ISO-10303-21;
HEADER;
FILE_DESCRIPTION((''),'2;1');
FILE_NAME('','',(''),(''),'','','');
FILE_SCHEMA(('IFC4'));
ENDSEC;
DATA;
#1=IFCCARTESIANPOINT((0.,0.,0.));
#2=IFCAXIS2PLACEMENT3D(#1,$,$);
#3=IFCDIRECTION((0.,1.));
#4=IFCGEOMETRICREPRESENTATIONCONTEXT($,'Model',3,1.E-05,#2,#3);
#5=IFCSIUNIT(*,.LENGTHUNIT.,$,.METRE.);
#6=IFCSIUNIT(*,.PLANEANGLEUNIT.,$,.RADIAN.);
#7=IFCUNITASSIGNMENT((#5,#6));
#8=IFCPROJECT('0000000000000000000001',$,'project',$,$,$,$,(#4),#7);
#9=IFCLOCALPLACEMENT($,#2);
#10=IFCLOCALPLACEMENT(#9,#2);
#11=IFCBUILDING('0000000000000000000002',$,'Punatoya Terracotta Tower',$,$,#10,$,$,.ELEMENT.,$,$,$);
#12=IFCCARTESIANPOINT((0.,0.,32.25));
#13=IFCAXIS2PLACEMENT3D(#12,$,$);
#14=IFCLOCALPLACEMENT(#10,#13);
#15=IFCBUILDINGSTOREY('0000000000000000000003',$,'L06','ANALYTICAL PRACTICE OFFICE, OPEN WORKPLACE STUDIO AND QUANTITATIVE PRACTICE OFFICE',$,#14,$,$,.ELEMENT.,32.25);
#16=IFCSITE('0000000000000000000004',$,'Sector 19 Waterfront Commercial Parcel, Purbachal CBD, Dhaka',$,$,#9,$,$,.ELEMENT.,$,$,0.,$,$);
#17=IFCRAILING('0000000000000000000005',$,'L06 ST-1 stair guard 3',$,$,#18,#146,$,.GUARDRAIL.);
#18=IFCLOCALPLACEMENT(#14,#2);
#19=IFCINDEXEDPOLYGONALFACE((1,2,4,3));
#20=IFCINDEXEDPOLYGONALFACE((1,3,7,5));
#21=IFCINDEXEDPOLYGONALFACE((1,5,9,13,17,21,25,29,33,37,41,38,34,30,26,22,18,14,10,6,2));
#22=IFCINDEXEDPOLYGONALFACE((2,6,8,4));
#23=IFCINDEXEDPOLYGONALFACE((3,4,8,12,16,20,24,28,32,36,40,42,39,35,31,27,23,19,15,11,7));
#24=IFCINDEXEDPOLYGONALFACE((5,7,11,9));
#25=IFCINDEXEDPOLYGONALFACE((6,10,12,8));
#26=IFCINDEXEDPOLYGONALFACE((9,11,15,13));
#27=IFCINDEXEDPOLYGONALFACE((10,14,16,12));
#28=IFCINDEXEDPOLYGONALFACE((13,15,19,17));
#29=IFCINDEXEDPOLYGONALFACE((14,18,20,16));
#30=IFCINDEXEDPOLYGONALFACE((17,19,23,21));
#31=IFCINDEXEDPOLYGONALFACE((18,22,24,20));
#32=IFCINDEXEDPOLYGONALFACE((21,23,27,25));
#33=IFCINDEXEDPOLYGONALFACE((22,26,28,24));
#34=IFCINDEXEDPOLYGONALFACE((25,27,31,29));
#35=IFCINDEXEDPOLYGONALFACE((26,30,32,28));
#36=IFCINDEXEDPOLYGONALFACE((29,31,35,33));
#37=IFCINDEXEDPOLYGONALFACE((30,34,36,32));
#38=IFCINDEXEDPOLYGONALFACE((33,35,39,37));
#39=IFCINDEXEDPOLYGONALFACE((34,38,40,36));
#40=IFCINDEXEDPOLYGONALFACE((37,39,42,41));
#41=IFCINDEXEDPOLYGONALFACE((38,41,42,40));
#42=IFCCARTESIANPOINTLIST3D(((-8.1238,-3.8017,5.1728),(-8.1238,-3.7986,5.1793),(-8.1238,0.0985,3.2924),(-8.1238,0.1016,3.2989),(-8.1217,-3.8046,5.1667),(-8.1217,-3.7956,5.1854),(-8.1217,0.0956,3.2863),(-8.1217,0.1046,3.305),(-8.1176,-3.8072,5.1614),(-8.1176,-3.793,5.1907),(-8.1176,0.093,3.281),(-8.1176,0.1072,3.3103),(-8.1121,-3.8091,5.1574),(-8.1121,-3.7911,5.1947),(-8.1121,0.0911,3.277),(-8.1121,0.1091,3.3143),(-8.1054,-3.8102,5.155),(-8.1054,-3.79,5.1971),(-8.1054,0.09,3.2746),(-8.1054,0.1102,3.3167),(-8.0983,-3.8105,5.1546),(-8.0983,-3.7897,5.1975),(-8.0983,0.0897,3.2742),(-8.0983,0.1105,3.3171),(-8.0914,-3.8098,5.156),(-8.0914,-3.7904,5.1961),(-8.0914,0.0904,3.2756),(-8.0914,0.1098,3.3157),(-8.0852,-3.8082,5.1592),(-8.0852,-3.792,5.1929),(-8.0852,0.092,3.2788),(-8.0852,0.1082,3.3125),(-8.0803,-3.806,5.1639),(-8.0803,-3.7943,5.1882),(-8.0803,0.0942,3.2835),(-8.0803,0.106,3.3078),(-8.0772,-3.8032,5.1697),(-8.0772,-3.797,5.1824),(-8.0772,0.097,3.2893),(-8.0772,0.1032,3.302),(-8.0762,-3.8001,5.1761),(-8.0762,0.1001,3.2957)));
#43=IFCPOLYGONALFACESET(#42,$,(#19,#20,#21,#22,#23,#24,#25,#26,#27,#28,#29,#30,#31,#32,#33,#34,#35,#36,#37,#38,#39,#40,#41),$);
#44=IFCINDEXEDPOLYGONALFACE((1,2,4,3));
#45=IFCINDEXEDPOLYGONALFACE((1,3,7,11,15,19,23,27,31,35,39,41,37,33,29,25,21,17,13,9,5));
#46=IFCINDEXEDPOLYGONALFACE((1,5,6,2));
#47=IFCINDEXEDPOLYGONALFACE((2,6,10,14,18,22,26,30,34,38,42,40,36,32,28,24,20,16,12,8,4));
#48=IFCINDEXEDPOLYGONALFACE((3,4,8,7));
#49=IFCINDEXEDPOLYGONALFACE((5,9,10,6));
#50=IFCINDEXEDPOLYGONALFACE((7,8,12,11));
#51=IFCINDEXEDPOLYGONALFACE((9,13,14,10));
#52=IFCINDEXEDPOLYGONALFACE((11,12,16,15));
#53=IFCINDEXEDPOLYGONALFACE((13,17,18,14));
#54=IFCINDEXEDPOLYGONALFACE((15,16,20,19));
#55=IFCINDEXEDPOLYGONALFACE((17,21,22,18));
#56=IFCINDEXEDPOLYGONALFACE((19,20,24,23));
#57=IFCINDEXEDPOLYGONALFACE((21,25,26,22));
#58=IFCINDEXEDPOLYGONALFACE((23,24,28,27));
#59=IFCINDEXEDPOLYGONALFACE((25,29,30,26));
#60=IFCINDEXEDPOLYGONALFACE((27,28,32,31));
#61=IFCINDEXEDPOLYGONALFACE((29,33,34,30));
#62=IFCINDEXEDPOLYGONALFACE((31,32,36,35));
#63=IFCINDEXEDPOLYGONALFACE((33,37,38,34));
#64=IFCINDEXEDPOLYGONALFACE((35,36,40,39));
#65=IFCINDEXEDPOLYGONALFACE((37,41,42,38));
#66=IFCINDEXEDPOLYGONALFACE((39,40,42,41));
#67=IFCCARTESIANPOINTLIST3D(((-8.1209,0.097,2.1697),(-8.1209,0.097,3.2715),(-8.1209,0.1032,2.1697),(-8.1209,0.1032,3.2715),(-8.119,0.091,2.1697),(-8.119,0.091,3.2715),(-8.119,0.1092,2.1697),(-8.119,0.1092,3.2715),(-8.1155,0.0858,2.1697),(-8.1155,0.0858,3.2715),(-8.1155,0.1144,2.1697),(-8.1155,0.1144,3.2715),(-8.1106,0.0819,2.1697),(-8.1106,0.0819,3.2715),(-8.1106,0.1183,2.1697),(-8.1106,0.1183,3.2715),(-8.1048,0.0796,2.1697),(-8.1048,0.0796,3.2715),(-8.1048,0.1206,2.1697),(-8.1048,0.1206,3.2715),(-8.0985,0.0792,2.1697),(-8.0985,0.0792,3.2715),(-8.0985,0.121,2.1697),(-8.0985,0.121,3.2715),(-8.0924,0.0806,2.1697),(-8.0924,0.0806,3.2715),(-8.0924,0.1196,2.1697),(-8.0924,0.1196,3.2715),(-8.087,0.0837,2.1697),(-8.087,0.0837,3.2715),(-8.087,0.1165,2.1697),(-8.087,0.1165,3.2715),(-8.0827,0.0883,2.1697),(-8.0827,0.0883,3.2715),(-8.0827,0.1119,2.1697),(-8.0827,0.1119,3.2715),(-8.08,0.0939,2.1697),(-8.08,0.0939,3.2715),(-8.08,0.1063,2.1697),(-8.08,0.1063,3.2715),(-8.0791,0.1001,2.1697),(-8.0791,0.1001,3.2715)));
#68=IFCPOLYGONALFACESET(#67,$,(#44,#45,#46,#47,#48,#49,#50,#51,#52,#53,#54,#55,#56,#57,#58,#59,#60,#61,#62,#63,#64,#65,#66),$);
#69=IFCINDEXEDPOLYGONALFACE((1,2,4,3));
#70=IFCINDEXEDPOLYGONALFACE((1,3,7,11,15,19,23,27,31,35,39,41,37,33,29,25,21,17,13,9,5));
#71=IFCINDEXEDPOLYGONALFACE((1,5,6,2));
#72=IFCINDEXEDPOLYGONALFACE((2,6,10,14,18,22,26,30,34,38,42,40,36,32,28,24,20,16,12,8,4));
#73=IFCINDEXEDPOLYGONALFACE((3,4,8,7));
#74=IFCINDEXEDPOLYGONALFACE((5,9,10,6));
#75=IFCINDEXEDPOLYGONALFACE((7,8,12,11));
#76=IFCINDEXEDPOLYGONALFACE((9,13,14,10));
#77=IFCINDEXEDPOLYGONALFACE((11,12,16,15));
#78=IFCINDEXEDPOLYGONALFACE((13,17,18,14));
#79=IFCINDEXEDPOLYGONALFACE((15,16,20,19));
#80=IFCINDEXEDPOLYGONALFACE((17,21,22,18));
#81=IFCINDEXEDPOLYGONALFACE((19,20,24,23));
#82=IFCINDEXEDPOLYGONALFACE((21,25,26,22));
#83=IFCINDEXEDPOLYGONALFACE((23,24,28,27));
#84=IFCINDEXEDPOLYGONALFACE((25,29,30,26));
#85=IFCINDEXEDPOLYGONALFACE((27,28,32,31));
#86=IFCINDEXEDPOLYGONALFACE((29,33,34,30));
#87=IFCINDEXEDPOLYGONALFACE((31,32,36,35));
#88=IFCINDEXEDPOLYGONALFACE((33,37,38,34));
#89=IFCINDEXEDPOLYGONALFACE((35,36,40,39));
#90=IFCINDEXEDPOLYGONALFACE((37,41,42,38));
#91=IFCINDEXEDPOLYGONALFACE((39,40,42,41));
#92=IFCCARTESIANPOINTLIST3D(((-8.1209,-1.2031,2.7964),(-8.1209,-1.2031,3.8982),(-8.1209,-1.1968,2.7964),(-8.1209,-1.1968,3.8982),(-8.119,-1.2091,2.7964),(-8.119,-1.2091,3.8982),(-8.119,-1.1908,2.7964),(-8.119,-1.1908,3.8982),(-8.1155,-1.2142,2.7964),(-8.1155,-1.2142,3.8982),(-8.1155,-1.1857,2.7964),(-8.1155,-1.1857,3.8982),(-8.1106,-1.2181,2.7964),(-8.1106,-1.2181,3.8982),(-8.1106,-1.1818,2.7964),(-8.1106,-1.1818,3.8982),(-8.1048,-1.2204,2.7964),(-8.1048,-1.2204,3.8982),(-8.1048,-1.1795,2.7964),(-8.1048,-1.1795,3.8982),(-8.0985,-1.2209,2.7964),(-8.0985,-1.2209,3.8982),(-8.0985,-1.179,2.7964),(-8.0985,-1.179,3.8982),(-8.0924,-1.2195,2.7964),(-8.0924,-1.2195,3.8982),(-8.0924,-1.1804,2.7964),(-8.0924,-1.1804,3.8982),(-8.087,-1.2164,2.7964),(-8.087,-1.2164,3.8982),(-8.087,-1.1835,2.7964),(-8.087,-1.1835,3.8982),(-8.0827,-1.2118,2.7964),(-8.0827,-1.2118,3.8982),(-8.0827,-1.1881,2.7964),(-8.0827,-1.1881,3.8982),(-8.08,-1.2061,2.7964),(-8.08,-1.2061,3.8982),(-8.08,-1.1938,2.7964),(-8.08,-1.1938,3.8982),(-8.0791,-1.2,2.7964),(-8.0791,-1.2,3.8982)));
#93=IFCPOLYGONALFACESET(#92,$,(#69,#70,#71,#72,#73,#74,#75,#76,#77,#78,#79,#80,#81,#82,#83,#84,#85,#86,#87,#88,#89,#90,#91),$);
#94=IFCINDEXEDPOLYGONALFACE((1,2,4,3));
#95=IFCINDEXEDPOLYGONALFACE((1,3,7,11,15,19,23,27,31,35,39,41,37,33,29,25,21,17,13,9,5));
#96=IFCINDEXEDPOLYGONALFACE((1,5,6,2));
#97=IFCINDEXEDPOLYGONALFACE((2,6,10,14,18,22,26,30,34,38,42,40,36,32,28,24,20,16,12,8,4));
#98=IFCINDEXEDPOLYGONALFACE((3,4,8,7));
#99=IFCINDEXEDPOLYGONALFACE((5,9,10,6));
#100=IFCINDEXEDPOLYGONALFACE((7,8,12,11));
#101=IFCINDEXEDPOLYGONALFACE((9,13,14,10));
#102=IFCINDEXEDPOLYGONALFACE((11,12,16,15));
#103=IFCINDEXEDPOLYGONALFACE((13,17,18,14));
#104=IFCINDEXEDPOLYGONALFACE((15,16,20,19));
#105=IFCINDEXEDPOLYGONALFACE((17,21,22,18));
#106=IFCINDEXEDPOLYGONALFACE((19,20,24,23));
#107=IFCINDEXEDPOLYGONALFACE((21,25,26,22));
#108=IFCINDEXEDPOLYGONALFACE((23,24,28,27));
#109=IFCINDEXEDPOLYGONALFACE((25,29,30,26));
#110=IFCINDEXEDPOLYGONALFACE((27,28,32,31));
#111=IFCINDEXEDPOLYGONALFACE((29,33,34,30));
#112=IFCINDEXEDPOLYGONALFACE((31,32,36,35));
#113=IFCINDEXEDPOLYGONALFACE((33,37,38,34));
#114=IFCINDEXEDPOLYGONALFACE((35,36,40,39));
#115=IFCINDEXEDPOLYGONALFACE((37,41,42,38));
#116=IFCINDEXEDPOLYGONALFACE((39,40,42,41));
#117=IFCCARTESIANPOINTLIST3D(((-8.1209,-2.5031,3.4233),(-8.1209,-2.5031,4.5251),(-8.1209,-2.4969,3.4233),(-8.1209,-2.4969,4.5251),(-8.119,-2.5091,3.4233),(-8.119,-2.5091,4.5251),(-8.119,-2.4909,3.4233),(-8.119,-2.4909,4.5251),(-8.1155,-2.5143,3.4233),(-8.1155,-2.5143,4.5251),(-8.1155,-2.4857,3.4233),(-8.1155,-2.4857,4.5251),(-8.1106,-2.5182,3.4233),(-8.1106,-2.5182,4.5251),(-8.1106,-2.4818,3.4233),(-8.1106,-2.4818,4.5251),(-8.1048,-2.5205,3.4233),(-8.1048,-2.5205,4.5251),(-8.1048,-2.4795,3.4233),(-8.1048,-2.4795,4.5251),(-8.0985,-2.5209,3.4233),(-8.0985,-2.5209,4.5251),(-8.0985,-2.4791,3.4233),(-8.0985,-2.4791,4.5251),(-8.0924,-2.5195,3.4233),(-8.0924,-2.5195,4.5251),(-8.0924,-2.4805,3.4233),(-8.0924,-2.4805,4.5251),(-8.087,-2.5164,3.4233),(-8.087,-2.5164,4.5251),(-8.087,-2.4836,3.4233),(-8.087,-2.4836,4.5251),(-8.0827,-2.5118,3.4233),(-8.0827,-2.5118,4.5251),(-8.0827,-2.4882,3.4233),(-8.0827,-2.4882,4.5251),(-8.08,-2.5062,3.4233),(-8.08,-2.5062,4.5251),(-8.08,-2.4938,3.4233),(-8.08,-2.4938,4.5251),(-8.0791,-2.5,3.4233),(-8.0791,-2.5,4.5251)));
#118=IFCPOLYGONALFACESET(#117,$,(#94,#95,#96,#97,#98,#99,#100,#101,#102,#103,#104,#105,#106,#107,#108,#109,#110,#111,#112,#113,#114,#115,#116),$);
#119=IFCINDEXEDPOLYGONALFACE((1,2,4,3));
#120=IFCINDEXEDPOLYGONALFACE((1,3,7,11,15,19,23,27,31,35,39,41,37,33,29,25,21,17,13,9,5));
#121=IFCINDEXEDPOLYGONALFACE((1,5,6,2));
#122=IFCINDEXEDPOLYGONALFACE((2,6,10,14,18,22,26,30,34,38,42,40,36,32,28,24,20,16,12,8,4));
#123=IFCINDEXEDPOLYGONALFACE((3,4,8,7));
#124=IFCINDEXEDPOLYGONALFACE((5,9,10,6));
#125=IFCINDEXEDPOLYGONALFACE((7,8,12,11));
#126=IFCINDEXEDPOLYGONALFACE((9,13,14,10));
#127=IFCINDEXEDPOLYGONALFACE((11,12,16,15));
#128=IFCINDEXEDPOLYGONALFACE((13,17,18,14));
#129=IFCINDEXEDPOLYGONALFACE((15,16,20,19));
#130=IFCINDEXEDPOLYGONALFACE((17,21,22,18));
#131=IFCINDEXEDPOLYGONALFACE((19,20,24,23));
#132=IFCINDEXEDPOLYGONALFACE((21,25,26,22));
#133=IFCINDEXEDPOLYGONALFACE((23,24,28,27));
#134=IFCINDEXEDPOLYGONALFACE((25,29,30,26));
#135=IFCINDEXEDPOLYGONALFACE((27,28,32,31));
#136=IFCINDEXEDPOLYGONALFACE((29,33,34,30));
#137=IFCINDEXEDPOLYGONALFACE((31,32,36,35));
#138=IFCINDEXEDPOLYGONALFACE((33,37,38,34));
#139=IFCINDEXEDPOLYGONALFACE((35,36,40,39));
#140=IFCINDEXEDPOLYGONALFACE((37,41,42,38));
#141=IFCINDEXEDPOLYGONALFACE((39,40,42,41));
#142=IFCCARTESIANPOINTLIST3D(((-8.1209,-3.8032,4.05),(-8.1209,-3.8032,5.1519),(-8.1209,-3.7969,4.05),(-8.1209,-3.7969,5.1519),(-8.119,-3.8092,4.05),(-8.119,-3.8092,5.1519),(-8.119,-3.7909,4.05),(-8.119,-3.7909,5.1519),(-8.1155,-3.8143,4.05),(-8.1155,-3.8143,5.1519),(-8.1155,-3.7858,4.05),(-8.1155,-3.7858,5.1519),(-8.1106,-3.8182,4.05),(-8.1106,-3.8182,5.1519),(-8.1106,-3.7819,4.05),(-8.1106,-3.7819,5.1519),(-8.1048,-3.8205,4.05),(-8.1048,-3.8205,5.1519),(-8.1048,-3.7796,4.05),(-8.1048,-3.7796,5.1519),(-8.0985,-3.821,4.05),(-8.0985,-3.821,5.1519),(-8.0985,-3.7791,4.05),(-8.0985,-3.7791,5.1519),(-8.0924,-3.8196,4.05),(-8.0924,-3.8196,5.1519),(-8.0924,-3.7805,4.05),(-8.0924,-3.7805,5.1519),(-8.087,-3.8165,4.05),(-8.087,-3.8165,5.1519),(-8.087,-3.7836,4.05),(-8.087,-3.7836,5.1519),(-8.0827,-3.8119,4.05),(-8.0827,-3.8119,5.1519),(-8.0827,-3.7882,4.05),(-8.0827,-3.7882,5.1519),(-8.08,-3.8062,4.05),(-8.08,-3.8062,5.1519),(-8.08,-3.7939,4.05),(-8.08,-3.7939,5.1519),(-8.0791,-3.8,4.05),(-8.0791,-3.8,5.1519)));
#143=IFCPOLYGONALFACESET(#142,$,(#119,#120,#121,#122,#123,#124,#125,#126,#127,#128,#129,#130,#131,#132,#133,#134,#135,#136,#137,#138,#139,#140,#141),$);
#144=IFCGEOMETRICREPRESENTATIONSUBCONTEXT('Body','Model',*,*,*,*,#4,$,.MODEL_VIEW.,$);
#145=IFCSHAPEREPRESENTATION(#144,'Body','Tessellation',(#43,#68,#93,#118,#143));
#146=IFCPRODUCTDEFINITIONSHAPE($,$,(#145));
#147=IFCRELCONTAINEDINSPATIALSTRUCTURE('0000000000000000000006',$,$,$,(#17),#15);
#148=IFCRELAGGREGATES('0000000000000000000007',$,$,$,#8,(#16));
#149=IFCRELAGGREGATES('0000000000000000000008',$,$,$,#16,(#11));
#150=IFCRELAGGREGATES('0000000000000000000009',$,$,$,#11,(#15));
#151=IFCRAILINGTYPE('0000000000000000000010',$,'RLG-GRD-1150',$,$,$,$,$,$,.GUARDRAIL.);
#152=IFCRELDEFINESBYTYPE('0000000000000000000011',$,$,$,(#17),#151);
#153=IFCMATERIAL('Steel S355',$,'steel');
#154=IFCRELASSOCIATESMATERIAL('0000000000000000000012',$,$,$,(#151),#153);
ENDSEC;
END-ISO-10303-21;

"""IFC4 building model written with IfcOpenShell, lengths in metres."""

from ifc_helpers import new_model, si_unit, direction, frame, origin, origin_2d, place, context, subcontext, project, spatial, circle, extrude, material, type_object, element, save


model = new_model("IFC4")

# Units and contexts
model_context = context("Model", 3, precision=1e-05, world=origin(), true_north=direction((0.0, 1.0)))
body_context = subcontext(model_context, "Body", "Model", "MODEL_VIEW")
ifc_project = project(units=[si_unit("LENGTHUNIT", "METRE"), si_unit("PLANEANGLEUNIT", "RADIAN")], contexts=[model_context])

# Site, building, storey
site_placement = place(None, origin())
site = spatial("IfcSite", under=ifc_project, at=site_placement, Name="Sector 19 Waterfront Commercial Parcel, Purbachal CBD, Dhaka", CompositionType="ELEMENT", RefElevation=0.0)
building_placement = place(site_placement, origin())
building = spatial("IfcBuilding", under=site, at=building_placement, Name="Punatoya Terracotta Tower", CompositionType="ELEMENT")
storey_placement = place(building_placement, frame((0.0, 0.0, 32.25)))
storey = spatial("IfcBuildingStorey", under=building, at=storey_placement, Name="L06", Description="ANALYTICAL PRACTICE OFFICE, OPEN WORKPLACE STUDIO AND QUANTITATIVE PRACTICE OFFICE", CompositionType="ELEMENT", Elevation=32.25)

# Shared definitions
ifc_material_1 = material(Name="Steel S355", Category="steel")

# Railing
railing_type_1 = type_object("IfcRailingType", Name="RLG-GRD-1150", PredefinedType="GUARDRAIL", material=ifc_material_1)
railing_1_placement = place(storey_placement, frame((-8.1001, 0.1001, 2.1697)))
element("IfcRailing", 1, at=railing_1_placement, inside=storey, type_object=railing_type_1, Name="L06 ST-1 stair guard 3", PredefinedType="GUARDRAIL", context=body_context, shape_type="SweptSolid", body=[
    extrude(circle(Radius=0.0239, at=origin_2d()), frame((0.0, 0.0, 1.126), z_axis=(0.0, -0.900774, 0.434289), x_axis=(1.0, 0.0, 0.0)), (0.0, 0.0, 1.0), 4.3298),
    extrude(circle(Radius=0.021, at=origin_2d()), origin(), (0.0, 0.0, 1.0), 1.1018),
    extrude(circle(Radius=0.021, at=origin_2d()), frame((0.0, -1.3, 0.6267)), (0.0, 0.0, 1.0), 1.1018),
    extrude(circle(Radius=0.021, at=origin_2d()), frame((0.0, -2.6001, 1.2537)), (0.0, 0.0, 1.0), 1.1018),
    extrude(circle(Radius=0.021, at=origin_2d()), frame((0.0, -3.9001, 1.8804)), (0.0, 0.0, 1.0), 1.1018),
])

save(model, "model.ifc")
